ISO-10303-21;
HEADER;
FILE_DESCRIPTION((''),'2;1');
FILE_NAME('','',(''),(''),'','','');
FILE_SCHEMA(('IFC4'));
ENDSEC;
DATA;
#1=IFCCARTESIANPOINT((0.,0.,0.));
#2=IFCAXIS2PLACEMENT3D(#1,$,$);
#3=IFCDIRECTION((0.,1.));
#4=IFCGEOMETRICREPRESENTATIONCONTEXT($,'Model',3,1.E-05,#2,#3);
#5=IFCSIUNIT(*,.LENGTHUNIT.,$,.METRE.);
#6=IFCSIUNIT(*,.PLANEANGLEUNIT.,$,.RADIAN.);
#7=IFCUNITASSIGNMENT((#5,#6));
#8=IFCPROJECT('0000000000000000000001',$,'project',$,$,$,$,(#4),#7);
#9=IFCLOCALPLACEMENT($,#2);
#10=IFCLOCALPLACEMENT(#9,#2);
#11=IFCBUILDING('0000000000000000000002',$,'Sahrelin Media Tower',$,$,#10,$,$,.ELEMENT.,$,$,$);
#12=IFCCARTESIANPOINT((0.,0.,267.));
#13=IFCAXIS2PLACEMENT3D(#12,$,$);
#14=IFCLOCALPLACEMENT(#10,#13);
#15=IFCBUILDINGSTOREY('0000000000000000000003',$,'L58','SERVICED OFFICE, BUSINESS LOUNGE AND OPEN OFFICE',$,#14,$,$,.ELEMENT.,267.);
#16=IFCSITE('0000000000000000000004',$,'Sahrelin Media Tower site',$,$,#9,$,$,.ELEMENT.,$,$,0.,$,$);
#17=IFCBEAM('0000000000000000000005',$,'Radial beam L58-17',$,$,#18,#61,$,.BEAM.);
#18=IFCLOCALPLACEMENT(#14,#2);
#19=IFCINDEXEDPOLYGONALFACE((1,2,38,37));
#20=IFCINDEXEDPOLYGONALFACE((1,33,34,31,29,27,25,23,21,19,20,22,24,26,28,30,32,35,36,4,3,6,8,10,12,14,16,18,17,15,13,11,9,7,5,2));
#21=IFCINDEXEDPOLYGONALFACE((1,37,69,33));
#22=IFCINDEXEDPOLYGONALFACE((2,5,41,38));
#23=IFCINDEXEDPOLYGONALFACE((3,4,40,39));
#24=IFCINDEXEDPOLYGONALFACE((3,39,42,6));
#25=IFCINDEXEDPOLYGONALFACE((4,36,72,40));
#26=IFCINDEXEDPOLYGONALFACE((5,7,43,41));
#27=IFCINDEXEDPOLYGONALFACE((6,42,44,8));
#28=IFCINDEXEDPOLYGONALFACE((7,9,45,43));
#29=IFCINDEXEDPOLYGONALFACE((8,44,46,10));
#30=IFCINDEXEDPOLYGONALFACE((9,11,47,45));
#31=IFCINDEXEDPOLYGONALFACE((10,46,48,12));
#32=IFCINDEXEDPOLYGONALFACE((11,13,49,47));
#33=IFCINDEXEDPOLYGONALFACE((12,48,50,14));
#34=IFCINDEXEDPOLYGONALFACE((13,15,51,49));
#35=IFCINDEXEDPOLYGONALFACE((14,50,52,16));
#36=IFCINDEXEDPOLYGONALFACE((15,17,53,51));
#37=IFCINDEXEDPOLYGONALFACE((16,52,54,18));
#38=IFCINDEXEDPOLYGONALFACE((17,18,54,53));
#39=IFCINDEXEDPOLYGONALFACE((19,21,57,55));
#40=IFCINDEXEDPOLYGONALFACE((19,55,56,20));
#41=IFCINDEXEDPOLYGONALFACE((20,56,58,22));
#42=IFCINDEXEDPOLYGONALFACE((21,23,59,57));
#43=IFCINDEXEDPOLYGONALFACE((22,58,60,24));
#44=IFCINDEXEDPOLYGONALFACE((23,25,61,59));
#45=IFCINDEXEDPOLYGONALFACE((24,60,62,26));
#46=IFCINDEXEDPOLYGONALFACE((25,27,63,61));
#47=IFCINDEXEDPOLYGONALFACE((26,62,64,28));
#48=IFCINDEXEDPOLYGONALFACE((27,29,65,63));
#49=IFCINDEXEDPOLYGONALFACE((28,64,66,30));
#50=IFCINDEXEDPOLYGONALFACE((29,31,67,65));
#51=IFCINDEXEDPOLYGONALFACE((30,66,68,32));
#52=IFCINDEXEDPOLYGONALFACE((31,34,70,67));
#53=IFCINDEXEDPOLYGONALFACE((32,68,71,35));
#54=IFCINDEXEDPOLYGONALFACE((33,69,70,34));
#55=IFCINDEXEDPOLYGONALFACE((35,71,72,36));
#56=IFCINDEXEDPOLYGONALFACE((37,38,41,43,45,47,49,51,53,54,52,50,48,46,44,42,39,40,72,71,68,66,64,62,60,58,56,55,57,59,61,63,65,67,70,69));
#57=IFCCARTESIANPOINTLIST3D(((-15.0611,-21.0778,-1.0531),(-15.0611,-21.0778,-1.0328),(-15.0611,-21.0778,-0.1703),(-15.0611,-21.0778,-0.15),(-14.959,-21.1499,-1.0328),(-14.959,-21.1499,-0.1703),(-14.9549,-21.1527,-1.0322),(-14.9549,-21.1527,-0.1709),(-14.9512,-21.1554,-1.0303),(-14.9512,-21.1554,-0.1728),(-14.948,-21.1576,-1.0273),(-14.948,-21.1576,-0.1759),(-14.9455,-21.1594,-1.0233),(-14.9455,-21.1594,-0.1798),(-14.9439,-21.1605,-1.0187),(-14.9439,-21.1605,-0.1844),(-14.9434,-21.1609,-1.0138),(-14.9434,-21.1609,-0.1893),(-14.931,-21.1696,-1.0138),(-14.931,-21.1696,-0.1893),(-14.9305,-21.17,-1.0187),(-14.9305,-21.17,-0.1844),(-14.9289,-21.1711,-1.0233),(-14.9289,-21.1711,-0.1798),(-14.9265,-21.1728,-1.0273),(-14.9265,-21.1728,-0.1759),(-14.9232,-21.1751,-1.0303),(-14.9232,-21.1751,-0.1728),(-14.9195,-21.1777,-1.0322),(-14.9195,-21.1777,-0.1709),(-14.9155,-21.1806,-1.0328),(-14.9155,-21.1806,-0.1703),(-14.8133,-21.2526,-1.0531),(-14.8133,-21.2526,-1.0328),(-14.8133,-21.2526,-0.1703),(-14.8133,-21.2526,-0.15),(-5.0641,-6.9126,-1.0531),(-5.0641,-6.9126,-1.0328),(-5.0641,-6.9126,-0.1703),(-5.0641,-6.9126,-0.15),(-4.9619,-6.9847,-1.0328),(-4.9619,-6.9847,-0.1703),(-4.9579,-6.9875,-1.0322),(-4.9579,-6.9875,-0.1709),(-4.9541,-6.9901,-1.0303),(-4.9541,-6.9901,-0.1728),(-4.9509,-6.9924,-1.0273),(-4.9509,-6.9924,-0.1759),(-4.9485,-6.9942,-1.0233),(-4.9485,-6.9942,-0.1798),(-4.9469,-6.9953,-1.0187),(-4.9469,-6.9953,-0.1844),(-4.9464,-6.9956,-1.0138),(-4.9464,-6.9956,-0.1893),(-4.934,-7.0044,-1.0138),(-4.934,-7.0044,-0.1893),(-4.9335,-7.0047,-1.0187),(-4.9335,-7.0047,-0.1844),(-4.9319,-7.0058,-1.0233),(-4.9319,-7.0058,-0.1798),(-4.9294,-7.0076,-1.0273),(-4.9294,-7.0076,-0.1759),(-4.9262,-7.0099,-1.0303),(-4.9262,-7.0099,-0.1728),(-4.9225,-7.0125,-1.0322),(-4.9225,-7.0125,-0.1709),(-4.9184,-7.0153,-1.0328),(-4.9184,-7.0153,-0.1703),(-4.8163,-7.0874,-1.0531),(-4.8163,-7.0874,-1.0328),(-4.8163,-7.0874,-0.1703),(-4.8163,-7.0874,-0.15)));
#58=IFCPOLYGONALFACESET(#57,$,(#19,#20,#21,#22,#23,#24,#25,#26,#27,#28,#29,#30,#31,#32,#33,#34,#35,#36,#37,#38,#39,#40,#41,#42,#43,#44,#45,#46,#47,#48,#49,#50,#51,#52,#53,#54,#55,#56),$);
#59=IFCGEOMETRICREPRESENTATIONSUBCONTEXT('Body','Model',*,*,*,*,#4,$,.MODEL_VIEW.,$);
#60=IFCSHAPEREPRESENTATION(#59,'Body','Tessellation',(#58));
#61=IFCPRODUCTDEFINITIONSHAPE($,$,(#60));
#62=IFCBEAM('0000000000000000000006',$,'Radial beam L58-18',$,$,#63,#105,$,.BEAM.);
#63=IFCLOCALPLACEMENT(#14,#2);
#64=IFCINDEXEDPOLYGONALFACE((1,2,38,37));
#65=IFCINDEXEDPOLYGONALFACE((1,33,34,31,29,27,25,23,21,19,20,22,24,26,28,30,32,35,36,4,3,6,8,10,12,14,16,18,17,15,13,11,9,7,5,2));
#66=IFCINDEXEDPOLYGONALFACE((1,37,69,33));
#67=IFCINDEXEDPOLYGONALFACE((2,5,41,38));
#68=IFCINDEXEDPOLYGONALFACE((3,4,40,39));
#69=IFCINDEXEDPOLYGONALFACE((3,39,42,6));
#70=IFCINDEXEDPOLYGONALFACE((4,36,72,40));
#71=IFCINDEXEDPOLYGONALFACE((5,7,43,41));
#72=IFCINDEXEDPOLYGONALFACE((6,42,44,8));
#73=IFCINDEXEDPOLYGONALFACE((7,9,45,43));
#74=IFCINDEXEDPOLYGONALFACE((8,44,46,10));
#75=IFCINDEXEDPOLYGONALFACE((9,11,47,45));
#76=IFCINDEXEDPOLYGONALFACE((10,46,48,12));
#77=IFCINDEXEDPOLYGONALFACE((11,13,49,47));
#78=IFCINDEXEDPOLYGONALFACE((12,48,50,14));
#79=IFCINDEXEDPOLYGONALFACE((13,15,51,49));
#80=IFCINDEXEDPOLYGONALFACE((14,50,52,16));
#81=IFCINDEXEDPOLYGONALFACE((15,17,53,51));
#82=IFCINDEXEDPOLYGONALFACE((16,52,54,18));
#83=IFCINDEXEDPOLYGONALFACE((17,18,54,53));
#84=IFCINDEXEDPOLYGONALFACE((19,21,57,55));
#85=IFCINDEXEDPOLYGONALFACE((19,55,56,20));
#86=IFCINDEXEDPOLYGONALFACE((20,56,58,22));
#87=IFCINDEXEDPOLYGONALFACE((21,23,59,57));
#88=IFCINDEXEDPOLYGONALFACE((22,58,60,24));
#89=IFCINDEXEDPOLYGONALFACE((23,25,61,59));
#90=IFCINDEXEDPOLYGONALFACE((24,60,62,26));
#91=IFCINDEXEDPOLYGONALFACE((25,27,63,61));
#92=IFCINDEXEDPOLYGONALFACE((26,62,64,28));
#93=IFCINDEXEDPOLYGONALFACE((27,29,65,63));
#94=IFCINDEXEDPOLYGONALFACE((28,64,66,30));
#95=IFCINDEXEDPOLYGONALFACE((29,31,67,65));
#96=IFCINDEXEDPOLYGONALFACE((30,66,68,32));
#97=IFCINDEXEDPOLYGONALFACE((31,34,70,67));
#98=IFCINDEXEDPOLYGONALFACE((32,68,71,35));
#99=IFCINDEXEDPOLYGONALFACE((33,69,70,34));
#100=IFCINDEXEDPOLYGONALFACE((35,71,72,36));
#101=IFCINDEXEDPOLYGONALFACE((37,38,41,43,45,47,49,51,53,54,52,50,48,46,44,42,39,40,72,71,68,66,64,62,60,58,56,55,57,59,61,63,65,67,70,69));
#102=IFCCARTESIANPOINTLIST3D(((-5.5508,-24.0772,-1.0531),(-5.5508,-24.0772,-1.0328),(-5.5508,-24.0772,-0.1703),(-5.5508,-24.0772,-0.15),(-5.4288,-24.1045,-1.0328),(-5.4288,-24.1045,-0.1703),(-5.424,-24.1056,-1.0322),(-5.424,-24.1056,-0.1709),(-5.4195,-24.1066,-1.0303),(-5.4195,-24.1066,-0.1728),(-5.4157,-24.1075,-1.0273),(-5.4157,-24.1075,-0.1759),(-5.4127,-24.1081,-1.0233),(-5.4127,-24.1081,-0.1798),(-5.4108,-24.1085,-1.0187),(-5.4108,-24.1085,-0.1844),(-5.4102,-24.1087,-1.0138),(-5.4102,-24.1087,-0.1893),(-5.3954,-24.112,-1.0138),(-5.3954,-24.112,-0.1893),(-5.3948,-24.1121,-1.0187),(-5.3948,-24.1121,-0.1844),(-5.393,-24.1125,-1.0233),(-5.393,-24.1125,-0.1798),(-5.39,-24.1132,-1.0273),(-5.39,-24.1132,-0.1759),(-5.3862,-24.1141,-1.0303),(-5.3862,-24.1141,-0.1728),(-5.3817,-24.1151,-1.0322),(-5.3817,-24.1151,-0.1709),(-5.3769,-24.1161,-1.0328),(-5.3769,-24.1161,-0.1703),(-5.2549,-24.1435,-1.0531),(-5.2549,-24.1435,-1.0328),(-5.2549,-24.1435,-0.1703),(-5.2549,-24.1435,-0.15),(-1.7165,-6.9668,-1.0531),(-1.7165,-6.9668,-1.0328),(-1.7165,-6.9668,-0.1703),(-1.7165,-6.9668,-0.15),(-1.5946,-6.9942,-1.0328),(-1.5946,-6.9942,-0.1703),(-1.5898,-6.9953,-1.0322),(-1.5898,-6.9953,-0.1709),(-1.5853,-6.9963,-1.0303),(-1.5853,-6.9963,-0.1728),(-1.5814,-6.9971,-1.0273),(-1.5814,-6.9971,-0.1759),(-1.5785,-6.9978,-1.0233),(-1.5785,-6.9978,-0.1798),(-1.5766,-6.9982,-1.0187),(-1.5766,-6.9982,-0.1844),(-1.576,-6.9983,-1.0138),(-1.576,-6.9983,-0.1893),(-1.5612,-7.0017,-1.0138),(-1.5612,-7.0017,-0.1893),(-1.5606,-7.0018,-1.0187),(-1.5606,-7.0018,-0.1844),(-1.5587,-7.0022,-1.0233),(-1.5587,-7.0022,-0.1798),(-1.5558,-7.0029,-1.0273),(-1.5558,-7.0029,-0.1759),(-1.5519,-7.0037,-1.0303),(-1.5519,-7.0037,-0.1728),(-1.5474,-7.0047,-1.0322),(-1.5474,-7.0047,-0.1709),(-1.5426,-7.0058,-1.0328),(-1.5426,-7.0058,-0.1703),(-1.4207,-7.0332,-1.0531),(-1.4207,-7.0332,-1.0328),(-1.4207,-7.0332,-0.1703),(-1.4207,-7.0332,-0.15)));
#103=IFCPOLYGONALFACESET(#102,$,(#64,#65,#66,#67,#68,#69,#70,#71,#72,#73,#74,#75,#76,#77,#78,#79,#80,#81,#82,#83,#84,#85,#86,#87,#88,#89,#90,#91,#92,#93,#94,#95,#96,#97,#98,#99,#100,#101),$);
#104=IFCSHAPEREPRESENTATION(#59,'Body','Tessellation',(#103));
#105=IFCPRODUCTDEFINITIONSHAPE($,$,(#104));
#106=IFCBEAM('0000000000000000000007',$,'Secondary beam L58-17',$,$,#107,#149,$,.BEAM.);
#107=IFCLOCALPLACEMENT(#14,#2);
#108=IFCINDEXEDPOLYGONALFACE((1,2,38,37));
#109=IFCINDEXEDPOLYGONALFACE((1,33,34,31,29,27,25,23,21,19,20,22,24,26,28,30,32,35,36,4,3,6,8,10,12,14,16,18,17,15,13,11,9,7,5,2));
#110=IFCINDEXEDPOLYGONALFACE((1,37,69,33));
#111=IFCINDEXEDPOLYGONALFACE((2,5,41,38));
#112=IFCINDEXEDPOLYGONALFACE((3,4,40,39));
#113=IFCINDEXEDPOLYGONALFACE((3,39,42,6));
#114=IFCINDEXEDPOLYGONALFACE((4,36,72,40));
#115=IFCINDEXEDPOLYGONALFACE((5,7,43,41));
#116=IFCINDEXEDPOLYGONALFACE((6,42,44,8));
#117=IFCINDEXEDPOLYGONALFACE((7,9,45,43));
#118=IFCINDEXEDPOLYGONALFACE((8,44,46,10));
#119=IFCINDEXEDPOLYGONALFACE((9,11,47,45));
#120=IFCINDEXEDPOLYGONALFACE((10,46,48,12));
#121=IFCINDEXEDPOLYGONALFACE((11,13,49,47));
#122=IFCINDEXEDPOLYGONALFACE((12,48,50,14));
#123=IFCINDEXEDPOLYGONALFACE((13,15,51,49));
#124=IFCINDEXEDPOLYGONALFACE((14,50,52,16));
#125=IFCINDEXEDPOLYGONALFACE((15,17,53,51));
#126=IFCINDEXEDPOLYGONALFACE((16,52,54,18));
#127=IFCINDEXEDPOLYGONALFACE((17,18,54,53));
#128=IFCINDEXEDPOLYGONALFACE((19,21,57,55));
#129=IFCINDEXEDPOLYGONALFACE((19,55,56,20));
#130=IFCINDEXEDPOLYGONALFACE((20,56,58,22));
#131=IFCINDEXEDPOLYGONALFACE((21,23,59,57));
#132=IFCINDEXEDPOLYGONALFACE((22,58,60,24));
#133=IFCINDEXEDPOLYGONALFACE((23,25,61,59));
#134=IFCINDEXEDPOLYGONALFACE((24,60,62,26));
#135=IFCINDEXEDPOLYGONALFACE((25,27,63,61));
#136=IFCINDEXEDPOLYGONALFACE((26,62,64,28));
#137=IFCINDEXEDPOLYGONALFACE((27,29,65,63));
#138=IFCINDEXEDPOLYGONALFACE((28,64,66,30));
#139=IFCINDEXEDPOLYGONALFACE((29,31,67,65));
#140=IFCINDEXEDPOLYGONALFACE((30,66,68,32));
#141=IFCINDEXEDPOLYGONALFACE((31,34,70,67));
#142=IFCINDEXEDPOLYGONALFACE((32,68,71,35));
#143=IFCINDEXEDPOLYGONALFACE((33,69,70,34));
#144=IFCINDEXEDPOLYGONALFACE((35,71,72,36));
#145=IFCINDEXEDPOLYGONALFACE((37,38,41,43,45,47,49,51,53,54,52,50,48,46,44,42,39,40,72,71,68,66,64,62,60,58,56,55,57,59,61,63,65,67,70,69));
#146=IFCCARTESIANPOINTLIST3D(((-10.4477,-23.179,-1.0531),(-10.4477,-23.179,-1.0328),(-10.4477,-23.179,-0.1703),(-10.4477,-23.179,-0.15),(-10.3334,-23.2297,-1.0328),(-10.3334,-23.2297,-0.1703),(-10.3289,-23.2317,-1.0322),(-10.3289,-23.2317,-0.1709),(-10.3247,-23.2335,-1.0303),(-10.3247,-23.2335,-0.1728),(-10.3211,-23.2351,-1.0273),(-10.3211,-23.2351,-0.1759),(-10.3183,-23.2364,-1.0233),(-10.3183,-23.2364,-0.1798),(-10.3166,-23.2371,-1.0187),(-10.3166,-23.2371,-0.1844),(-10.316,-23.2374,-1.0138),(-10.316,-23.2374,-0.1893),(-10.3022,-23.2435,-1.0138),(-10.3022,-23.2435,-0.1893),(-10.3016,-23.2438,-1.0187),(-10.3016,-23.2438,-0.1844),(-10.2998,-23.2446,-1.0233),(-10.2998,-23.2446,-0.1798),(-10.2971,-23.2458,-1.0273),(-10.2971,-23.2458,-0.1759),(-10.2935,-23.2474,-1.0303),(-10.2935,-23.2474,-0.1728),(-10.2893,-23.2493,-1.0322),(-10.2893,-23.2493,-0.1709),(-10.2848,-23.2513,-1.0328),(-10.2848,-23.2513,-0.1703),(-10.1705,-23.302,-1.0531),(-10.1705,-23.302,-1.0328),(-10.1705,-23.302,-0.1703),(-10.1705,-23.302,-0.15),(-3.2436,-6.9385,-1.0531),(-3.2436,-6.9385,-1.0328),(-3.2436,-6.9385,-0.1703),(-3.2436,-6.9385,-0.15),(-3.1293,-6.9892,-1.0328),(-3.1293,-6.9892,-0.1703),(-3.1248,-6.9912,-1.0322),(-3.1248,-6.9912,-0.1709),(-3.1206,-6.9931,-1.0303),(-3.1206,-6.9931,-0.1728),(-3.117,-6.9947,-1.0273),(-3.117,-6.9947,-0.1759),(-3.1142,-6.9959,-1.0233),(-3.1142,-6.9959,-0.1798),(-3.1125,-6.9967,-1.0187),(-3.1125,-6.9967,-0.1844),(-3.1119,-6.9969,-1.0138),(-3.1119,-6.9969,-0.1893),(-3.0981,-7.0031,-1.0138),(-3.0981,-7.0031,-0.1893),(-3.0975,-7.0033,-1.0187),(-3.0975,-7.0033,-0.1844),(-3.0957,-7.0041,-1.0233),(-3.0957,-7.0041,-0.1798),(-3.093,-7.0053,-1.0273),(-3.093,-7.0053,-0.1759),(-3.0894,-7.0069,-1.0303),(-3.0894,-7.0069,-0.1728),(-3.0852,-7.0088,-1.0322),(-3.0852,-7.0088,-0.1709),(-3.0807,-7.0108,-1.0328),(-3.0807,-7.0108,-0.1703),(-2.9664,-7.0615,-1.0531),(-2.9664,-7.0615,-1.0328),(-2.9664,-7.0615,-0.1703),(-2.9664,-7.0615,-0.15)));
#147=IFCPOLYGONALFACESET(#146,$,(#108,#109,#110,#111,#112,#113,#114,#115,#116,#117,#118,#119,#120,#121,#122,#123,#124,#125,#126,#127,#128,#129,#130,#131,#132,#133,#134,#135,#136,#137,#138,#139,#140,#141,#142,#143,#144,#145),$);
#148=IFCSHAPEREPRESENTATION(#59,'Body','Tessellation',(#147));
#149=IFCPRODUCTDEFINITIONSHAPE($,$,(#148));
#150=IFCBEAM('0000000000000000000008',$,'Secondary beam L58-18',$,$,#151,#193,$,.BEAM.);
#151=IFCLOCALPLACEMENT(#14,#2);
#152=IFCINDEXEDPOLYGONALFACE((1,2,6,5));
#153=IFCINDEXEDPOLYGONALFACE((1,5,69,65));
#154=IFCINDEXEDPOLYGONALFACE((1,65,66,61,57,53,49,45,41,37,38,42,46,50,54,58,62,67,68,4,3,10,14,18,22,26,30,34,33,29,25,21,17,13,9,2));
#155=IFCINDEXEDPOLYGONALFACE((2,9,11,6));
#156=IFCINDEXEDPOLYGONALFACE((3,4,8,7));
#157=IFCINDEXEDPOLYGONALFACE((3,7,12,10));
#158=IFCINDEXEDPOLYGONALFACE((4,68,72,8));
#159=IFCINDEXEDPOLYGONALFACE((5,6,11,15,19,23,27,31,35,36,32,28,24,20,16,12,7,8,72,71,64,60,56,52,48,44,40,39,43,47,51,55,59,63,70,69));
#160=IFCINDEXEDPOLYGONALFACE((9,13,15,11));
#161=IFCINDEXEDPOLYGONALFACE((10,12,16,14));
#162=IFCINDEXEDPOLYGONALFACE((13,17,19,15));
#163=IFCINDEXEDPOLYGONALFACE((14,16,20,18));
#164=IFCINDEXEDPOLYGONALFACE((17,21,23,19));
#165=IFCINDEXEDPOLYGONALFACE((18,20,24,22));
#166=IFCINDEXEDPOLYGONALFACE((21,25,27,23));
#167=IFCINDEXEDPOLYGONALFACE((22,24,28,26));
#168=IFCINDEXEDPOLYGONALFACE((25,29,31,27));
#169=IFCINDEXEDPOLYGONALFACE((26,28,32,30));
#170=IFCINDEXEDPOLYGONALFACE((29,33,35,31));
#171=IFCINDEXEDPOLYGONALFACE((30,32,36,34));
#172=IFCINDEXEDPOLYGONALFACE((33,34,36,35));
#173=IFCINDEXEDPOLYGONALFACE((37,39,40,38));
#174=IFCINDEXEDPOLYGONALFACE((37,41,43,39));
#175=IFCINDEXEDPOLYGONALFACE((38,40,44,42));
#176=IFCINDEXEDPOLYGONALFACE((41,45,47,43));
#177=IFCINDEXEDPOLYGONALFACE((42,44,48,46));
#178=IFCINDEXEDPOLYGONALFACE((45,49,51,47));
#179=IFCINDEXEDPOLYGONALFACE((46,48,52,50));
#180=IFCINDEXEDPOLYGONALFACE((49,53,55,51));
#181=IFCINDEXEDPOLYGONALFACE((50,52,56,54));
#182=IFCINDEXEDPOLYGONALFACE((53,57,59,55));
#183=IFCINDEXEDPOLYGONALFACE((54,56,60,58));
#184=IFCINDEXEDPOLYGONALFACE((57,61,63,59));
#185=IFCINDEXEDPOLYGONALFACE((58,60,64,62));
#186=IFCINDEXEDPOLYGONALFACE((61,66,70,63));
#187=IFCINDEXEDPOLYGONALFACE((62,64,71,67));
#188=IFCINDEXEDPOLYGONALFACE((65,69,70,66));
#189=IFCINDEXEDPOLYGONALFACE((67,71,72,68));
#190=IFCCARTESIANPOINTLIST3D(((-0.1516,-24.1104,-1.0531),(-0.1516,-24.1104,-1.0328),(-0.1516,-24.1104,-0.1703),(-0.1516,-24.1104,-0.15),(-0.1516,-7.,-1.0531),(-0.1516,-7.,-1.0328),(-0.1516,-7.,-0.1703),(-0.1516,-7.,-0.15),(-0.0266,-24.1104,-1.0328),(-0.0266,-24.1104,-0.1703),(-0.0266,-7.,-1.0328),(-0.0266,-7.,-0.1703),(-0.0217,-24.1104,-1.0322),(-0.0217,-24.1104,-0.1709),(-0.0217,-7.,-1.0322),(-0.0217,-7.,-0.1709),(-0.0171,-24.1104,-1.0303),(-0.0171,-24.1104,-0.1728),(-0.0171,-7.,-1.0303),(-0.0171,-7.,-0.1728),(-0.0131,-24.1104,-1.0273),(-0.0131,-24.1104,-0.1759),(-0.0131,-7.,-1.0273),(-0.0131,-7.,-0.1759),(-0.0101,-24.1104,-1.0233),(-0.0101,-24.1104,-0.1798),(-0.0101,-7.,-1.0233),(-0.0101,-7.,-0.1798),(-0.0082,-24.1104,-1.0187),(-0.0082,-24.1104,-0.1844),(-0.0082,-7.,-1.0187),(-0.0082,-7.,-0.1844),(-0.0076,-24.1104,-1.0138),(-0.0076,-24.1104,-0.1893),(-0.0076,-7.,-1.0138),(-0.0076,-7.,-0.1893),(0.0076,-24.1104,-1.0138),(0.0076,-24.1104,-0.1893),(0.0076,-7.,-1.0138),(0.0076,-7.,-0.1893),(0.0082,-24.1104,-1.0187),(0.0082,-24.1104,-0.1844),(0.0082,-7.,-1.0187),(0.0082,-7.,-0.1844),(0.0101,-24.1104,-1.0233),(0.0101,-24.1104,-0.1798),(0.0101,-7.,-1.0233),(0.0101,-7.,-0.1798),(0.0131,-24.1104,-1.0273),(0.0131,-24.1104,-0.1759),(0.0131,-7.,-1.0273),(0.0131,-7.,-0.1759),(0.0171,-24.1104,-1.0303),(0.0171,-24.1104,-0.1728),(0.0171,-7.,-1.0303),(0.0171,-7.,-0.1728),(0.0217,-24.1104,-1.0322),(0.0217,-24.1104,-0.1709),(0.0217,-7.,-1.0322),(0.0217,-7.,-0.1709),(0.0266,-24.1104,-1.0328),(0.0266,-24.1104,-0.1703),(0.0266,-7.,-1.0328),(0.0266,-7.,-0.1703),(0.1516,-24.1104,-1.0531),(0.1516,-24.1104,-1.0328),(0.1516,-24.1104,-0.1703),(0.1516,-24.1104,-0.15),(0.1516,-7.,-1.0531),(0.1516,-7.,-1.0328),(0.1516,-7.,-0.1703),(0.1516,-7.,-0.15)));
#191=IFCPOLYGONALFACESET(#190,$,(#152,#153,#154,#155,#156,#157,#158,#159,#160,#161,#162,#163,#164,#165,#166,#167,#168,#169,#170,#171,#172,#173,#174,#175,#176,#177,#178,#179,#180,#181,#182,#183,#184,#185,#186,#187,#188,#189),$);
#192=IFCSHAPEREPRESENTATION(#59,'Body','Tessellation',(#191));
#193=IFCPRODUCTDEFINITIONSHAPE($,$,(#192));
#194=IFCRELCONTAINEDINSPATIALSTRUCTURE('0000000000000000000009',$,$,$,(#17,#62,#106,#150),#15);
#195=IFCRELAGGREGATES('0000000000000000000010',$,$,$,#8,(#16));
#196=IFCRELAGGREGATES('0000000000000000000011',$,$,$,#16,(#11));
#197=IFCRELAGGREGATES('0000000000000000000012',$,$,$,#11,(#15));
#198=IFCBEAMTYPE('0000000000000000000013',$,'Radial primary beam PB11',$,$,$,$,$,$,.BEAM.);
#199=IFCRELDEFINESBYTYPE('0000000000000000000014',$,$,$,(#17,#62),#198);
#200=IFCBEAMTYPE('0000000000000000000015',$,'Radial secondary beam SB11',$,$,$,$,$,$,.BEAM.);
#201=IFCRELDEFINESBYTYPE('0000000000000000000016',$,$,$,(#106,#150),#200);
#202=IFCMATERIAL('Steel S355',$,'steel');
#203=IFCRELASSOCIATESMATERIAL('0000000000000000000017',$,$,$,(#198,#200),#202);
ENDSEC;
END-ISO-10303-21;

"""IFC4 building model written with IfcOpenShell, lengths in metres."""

from ifc_helpers import new_model, si_unit, direction, frame, origin, origin_2d, place, context, subcontext, project, spatial, i_section, extrude, material, material_profile, profile_set, type_object, element, save


model = new_model("IFC4")

# Units and contexts
model_context = context("Model", 3, precision=1e-05, world=origin(), true_north=direction((0.0, 1.0)))
body_context = subcontext(model_context, "Body", "Model", "MODEL_VIEW")
ifc_project = project(units=[si_unit("LENGTHUNIT", "METRE"), si_unit("PLANEANGLEUNIT", "RADIAN")], contexts=[model_context])

# Site, building, storey
site_placement = place(None, origin())
site = spatial("IfcSite", under=ifc_project, at=site_placement, Name="Sahrelin Media Tower site", CompositionType="ELEMENT", RefElevation=0.0)
building_placement = place(site_placement, origin())
building = spatial("IfcBuilding", under=site, at=building_placement, Name="Sahrelin Media Tower", CompositionType="ELEMENT")
storey_placement = place(building_placement, frame((0.0, 0.0, 267.0)))
storey = spatial("IfcBuildingStorey", under=building, at=storey_placement, Name="L58", Description="SERVICED OFFICE, BUSINESS LOUNGE AND OPEN OFFICE", CompositionType="ELEMENT", Elevation=267.0)

# Beams
ifc_material_1 = material(Name="Steel S355", Category="steel")
ifc_material_profile_1 = material_profile(ifc_material_1, i_section(OverallWidth=0.3032, OverallDepth=0.9031, WebThickness=0.0151, FlangeThickness=0.0203, FilletRadius=0.019, at=origin_2d()), Name="UB 914x305x201")
ifc_profile_set_1 = profile_set([ifc_material_profile_1], Name="Steel S355")
beam_type_1 = type_object("IfcBeamType", Name="Radial primary beam PB11", PredefinedType="BEAM", material=ifc_profile_set_1)
beam_1_placement = place(storey_placement, frame((-4.9402, -7.0, -0.6016), z_axis=(-0.576608, -0.817021, 0.0), x_axis=(0.817021, -0.576608, 0.0)))
element("IfcBeam", 1, at=beam_1_placement, inside=storey, type_object=beam_type_1, Name="Radial beam L58-17", PredefinedType="BEAM", context=body_context, shape_type="SweptSolid", body=[
    extrude(i_section(OverallWidth=0.3032, OverallDepth=0.9031, WebThickness=0.0151, FlangeThickness=0.0203, FilletRadius=0.019, at=origin_2d()), origin(), (0.0, 0.0, 1.0), 17.3376),
])
beam_2_placement = place(storey_placement, frame((-1.5686, -7.0, -0.6016), z_axis=(-0.218665, -0.9758, 0.0), x_axis=(0.9758, -0.218665, 0.0)))
element("IfcBeam", 2, at=beam_2_placement, inside=storey, type_object=beam_type_1, Name="Radial beam L58-18", PredefinedType="BEAM", context=body_context, shape_type="SweptSolid", body=[
    extrude(i_section(OverallWidth=0.3032, OverallDepth=0.9031, WebThickness=0.0151, FlangeThickness=0.0203, FilletRadius=0.019, at=origin_2d()), origin(), (0.0, 0.0, 1.0), 17.5347),
])
ifc_material_profile_2 = material_profile(ifc_material_1, i_section(OverallWidth=0.3032, OverallDepth=0.9031, WebThickness=0.0151, FlangeThickness=0.0203, FilletRadius=0.019, at=origin_2d()), Name="UB 914x305x201")
ifc_profile_set_2 = profile_set([ifc_material_profile_2], Name="Steel S355")
beam_type_2 = type_object("IfcBeamType", Name="Radial secondary beam SB11", PredefinedType="BEAM", material=ifc_profile_set_2)
beam_3_placement = place(storey_placement, frame((-3.105, -7.0, -0.6016), z_axis=(-0.405486, -0.914101, 0.0), x_axis=(0.914101, -0.405486, 0.0)))
element("IfcBeam", 3, at=beam_3_placement, inside=storey, type_object=beam_type_2, Name="Secondary beam L58-17", PredefinedType="BEAM", context=body_context, shape_type="SweptSolid", body=[
    extrude(i_section(OverallWidth=0.3032, OverallDepth=0.9031, WebThickness=0.0151, FlangeThickness=0.0203, FilletRadius=0.019, at=origin_2d()), origin(), (0.0, 0.0, 1.0), 17.7666),
])
beam_4_placement = place(storey_placement, frame((0.0, -7.0, -0.6016), z_axis=(0.0, -1.0, 0.0), x_axis=(1.0, 0.0, 0.0)))
element("IfcBeam", 4, at=beam_4_placement, inside=storey, type_object=beam_type_2, Name="Secondary beam L58-18", PredefinedType="BEAM", context=body_context, shape_type="SweptSolid", body=[
    extrude(i_section(OverallWidth=0.3032, OverallDepth=0.9031, WebThickness=0.0151, FlangeThickness=0.0203, FilletRadius=0.019, at=origin_2d()), origin(), (0.0, 0.0, 1.0), 17.1104),
])

save(model, "model.ifc")
